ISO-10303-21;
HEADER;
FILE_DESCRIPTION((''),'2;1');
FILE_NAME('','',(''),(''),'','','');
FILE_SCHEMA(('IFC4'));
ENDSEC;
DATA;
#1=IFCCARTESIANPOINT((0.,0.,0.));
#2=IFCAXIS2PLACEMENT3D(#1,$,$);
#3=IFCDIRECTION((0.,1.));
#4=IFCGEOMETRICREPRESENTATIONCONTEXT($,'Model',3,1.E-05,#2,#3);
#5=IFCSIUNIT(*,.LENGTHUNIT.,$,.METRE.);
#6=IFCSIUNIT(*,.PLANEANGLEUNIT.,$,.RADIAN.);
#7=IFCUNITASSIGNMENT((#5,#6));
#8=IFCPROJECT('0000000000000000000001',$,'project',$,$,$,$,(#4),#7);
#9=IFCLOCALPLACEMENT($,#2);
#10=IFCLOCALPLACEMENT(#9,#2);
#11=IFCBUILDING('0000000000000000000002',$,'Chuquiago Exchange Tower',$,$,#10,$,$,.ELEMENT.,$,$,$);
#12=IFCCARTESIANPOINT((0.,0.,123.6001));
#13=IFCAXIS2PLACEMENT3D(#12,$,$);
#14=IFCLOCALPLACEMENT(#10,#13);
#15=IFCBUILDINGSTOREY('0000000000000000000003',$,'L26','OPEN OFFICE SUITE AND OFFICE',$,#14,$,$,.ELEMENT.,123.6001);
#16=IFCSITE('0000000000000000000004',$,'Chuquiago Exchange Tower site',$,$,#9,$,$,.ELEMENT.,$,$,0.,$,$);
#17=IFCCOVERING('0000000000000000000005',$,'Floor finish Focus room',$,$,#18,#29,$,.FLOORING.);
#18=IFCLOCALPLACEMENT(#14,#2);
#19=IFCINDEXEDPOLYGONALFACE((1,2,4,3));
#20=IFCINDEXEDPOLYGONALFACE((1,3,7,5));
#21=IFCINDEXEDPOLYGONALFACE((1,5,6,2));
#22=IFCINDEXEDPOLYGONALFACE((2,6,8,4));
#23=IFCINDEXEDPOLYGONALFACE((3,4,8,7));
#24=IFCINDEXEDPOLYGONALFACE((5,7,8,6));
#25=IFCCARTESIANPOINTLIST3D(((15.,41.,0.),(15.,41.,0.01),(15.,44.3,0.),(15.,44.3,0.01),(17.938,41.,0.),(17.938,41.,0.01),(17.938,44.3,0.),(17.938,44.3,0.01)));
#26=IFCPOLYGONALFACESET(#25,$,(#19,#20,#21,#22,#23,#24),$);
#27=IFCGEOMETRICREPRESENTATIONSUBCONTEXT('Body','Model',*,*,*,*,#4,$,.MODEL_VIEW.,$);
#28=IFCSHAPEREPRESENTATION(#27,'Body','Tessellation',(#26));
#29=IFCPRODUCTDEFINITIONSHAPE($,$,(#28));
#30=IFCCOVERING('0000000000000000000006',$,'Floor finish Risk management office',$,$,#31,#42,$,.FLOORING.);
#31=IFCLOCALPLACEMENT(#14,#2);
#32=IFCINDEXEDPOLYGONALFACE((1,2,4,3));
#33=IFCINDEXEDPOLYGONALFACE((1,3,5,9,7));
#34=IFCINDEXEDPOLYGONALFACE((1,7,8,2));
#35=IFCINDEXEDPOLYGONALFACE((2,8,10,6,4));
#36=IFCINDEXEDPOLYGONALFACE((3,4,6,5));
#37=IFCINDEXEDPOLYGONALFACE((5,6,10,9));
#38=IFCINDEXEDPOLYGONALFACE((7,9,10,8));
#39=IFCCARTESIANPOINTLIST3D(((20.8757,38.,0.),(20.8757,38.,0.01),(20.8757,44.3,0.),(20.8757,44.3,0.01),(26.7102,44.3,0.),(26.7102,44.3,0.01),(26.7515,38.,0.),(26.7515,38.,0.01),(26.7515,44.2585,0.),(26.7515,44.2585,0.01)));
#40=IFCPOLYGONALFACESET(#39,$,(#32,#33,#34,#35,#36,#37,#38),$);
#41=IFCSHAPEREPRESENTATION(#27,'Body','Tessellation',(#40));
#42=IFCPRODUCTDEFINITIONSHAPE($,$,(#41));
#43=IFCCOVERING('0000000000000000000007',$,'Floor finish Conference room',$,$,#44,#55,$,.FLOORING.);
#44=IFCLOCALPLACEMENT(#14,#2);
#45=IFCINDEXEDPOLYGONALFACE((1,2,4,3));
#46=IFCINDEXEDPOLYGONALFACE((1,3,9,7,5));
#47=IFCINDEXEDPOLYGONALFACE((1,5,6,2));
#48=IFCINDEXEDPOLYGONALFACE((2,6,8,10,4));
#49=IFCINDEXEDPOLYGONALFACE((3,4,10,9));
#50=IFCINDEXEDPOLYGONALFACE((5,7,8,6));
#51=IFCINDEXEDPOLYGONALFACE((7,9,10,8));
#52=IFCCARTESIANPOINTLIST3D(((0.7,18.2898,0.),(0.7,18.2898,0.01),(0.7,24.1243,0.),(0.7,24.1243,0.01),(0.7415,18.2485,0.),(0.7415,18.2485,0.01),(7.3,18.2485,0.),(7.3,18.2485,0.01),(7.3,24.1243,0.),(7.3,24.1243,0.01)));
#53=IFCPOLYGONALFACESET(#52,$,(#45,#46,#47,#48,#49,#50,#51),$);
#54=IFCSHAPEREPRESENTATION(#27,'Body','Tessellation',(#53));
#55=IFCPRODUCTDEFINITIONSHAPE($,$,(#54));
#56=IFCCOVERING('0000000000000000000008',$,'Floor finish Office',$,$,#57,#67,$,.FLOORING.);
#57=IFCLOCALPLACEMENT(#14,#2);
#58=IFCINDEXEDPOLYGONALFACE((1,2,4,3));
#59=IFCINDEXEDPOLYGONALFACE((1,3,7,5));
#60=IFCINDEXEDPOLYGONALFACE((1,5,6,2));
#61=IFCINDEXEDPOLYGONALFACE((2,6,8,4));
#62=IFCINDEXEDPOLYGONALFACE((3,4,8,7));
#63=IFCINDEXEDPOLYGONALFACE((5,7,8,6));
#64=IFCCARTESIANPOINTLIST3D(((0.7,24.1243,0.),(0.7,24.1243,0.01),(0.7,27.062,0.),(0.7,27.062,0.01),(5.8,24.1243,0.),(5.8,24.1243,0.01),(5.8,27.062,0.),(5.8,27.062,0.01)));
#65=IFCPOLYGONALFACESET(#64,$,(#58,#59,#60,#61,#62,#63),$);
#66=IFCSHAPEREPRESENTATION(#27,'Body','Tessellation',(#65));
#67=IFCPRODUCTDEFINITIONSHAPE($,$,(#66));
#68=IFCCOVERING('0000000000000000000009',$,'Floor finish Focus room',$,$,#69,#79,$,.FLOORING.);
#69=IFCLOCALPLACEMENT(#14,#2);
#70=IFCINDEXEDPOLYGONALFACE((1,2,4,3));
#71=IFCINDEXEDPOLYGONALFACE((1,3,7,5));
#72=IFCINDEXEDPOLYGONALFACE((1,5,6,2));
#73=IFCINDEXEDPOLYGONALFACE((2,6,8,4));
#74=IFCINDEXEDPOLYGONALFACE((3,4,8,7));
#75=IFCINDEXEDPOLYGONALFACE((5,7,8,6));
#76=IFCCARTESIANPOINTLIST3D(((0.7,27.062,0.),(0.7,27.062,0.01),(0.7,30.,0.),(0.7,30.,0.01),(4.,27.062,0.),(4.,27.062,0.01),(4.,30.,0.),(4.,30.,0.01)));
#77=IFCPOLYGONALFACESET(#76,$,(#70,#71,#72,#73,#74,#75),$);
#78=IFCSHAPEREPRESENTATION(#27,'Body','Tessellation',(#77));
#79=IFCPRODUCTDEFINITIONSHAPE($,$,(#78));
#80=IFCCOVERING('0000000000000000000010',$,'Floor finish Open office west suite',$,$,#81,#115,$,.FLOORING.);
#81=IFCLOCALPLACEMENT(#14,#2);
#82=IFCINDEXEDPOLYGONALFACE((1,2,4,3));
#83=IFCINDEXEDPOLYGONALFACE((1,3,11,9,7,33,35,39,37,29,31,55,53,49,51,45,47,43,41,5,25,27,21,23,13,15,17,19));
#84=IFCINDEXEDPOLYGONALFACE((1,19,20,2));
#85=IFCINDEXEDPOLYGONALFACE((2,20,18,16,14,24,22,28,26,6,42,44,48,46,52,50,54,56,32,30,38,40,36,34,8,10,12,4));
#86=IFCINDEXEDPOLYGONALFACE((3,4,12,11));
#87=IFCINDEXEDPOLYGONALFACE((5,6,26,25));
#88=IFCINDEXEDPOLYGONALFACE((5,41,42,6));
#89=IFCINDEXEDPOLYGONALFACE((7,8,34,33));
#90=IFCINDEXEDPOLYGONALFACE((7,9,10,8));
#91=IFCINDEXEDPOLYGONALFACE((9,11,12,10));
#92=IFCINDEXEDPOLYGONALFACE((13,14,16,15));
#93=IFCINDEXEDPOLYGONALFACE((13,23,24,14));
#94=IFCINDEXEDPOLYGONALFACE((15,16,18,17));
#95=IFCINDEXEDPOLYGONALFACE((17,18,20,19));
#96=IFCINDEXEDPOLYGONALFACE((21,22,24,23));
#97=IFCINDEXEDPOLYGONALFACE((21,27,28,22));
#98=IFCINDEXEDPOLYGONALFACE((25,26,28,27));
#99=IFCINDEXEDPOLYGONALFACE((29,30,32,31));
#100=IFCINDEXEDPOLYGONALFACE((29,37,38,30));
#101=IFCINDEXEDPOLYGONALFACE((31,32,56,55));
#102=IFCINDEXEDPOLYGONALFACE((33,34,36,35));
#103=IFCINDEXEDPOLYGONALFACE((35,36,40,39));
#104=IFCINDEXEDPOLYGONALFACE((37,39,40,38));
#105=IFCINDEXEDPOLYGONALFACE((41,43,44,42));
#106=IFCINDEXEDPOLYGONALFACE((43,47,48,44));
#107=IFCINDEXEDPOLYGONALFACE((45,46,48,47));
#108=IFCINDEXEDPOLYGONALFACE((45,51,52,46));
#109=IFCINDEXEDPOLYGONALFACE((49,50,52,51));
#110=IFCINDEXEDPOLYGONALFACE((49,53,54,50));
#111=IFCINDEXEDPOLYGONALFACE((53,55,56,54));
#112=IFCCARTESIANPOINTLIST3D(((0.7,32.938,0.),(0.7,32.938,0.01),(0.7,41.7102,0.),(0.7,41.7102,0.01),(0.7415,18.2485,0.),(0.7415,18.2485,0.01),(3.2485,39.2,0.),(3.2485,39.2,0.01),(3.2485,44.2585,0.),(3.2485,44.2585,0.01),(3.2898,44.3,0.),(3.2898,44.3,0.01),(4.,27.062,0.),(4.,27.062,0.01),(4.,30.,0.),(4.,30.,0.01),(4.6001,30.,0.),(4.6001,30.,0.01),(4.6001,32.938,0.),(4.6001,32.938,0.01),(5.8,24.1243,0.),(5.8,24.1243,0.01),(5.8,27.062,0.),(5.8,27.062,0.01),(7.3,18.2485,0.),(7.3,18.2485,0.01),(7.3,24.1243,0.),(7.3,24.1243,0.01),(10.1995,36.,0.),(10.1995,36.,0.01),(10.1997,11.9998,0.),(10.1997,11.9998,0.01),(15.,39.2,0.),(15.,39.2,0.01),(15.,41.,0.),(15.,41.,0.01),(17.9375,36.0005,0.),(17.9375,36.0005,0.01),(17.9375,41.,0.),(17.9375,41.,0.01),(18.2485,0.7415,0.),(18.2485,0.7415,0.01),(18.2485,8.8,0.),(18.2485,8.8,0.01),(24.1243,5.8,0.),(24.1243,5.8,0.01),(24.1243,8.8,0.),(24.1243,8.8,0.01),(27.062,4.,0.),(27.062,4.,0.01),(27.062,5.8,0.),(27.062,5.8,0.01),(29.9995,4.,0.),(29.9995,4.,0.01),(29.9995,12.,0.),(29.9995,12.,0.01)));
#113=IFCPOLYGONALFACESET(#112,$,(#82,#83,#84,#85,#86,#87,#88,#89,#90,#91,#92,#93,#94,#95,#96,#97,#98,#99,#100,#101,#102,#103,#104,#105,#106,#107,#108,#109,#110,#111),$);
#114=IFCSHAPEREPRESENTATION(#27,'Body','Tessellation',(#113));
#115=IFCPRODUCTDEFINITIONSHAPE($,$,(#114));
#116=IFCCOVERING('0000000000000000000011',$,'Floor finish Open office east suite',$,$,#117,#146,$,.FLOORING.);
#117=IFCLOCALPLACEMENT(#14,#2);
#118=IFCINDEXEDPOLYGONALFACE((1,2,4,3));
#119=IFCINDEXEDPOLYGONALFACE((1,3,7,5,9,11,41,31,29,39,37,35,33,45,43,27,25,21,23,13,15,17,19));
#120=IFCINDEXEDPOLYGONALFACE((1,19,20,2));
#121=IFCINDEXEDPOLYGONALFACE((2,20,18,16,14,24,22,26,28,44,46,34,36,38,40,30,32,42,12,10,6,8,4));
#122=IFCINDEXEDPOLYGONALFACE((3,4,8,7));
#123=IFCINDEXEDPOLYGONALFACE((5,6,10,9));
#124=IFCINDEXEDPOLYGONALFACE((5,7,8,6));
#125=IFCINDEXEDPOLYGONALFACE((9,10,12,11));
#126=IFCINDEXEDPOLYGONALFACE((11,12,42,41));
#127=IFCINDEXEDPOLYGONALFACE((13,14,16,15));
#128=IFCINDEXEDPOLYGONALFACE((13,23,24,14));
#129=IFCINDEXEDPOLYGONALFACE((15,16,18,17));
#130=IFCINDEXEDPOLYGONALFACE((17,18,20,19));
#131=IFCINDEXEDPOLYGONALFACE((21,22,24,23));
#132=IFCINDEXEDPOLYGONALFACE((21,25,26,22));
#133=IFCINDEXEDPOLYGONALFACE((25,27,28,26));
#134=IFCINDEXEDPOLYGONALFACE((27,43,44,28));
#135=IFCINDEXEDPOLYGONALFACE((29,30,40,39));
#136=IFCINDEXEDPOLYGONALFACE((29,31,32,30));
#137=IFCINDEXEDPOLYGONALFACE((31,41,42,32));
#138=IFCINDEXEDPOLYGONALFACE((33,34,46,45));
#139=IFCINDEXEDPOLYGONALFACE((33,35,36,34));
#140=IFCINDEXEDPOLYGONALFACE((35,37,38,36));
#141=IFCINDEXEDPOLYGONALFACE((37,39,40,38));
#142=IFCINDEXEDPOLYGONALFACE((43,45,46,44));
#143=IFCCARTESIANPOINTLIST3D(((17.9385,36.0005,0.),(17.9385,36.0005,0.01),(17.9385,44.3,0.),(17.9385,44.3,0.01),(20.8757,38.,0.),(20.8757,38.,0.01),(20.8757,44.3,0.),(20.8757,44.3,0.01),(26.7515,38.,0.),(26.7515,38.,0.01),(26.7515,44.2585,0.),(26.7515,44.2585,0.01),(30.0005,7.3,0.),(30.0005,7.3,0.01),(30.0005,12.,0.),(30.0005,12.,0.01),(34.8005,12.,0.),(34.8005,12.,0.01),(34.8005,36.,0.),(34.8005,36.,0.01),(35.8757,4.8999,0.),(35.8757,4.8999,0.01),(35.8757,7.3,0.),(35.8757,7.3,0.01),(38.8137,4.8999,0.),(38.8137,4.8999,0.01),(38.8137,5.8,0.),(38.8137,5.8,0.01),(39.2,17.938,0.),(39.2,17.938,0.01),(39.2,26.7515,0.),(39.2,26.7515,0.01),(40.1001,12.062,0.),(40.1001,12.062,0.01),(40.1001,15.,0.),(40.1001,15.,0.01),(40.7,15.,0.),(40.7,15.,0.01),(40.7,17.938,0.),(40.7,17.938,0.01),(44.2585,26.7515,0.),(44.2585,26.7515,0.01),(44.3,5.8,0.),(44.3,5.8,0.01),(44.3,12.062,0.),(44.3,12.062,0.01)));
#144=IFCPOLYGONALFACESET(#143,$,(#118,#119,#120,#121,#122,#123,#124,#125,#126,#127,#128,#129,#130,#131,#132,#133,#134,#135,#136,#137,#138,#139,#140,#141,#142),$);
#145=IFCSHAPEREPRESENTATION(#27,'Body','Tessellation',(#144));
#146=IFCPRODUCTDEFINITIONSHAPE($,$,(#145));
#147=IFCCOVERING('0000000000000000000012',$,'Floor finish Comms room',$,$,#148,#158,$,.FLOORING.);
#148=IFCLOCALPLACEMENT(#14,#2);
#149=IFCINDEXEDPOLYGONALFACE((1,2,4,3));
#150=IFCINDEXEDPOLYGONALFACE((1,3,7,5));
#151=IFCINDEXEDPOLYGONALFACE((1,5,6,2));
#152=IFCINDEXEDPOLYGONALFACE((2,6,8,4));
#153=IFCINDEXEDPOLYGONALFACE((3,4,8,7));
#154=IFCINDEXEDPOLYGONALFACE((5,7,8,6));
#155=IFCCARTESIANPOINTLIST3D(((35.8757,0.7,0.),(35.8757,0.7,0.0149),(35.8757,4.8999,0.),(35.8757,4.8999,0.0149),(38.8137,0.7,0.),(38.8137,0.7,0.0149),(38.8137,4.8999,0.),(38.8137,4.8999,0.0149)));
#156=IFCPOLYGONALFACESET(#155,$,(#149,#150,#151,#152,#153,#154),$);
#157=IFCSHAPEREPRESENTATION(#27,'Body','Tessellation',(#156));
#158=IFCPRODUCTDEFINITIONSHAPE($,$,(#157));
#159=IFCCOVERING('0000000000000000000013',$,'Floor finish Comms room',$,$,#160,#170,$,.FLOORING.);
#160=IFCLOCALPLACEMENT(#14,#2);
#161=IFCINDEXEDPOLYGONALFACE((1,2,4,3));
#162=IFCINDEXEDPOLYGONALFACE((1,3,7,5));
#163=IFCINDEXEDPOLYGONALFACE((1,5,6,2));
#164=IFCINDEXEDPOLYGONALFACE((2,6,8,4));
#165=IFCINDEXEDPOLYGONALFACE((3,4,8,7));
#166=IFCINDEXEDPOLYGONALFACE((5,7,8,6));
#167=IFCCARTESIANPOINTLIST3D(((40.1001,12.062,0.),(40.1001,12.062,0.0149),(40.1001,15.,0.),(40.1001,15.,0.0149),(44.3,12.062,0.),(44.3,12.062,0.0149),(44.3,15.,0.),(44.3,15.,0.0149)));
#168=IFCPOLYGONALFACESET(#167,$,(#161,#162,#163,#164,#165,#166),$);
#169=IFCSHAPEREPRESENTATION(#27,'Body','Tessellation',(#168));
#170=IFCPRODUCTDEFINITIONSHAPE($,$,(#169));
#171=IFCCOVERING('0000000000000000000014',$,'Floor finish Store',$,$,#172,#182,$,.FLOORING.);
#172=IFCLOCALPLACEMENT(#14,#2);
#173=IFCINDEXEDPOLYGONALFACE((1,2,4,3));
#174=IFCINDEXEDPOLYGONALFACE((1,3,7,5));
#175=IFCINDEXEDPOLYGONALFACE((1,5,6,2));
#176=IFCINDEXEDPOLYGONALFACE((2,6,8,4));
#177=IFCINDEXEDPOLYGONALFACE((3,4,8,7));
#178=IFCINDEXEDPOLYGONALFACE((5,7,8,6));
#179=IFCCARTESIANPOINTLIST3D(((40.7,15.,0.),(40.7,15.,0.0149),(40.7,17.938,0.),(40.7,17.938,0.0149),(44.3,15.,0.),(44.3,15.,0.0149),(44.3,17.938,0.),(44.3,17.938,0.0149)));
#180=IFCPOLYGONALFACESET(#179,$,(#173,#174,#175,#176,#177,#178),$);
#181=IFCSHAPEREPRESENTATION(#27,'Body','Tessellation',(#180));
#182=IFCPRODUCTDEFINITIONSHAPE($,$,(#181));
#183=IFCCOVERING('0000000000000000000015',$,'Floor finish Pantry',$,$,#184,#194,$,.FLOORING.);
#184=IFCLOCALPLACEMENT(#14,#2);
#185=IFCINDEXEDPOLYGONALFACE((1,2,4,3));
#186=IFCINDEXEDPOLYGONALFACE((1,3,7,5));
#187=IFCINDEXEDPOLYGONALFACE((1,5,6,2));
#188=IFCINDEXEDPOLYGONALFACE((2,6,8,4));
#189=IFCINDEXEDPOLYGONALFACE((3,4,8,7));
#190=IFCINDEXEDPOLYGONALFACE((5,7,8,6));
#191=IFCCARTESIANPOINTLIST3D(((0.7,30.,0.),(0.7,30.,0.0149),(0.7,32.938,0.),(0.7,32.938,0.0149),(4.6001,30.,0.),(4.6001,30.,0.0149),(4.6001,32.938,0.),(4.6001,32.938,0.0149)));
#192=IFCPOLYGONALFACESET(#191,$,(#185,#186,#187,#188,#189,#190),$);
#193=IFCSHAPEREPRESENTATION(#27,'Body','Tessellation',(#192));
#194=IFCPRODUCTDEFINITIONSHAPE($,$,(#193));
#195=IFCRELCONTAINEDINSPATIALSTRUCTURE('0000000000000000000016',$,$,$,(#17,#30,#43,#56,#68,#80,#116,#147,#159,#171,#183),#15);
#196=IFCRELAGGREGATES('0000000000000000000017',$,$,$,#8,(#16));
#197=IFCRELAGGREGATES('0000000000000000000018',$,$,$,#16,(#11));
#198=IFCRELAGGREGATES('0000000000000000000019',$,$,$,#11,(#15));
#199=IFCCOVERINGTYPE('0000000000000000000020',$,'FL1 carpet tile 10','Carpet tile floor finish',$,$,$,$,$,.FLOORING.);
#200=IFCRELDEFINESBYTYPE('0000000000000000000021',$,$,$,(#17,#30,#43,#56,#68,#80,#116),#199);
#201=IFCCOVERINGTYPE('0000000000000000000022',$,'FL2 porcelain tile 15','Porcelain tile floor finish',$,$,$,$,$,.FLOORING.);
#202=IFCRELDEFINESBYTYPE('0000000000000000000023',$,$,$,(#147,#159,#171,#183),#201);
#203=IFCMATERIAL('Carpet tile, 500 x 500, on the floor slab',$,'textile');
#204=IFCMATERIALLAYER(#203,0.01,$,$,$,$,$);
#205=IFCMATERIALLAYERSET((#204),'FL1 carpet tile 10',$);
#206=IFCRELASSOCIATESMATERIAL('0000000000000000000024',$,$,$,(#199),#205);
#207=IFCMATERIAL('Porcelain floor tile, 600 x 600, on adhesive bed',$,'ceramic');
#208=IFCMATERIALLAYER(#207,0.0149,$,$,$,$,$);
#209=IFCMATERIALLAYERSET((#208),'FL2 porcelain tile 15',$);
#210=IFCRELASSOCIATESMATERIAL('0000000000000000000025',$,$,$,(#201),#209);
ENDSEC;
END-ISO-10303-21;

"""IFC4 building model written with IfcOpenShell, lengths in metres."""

from ifc_helpers import new_model, si_unit, direction, frame, origin, place, context, subcontext, project, spatial, polyline, outline, extrude, material, layer, layer_set, type_object, element, save


model = new_model("IFC4")

# Units and contexts
model_context = context("Model", 3, precision=1e-05, world=origin(), true_north=direction((0.0, 1.0)))
body_context = subcontext(model_context, "Body", "Model", "MODEL_VIEW")
ifc_project = project(units=[si_unit("LENGTHUNIT", "METRE"), si_unit("PLANEANGLEUNIT", "RADIAN")], contexts=[model_context])

# Site, building, storey
site_placement = place(None, origin())
site = spatial("IfcSite", under=ifc_project, at=site_placement, Name="Chuquiago Exchange Tower site", CompositionType="ELEMENT", RefElevation=0.0)
building_placement = place(site_placement, origin())
building = spatial("IfcBuilding", under=site, at=building_placement, Name="Chuquiago Exchange Tower", CompositionType="ELEMENT")
storey_placement = place(building_placement, frame((0.0, 0.0, 123.6001)))
storey = spatial("IfcBuildingStorey", under=building, at=storey_placement, Name="L26", Description="OPEN OFFICE SUITE AND OFFICE", CompositionType="ELEMENT", Elevation=123.6001)

# Coverings
ifc_material_1 = material(Name="Carpet tile, 500 x 500, on the floor slab", Category="textile")
ifc_layer_1 = layer(ifc_material_1, 0.01)
ifc_layer_set_1 = layer_set([ifc_layer_1], Name="FL1 carpet tile 10")
covering_type_1 = type_object("IfcCoveringType", Name="FL1 carpet tile 10", Description="Carpet tile floor finish", PredefinedType="FLOORING", material=ifc_layer_set_1)
covering_1_placement = place(storey_placement, origin())
element("IfcCovering", 1, at=covering_1_placement, inside=storey, type_object=covering_type_1, Name="Floor finish Focus room", PredefinedType="FLOORING", context=body_context, shape_type="SweptSolid", body=[
    extrude(outline(polyline([(17.938, 44.3), (17.938, 41.0), (15.0, 41.0), (15.0, 44.3), (17.938, 44.3)])), origin(), (0.0, 0.0, 1.0), 0.01),
])
covering_2_placement = place(storey_placement, origin())
element("IfcCovering", 2, at=covering_2_placement, inside=storey, type_object=covering_type_1, Name="Floor finish Risk management office", PredefinedType="FLOORING", context=body_context, shape_type="SweptSolid", body=[
    extrude(outline(polyline([(26.7102, 44.3), (26.7515, 44.2585), (26.7515, 38.0), (20.8757, 38.0), (20.8757, 44.3), (26.7102, 44.3)])), origin(), (0.0, 0.0, 1.0), 0.01),
])
covering_3_placement = place(storey_placement, origin())
element("IfcCovering", 3, at=covering_3_placement, inside=storey, type_object=covering_type_1, Name="Floor finish Conference room", PredefinedType="FLOORING", context=body_context, shape_type="SweptSolid", body=[
    extrude(outline(polyline([(0.7, 24.1243), (7.3, 24.1243), (7.3, 18.2485), (0.7415, 18.2485), (0.7, 18.2898), (0.7, 24.1243)])), origin(), (0.0, 0.0, 1.0), 0.01),
])
covering_4_placement = place(storey_placement, origin())
element("IfcCovering", 4, at=covering_4_placement, inside=storey, type_object=covering_type_1, Name="Floor finish Office", PredefinedType="FLOORING", context=body_context, shape_type="SweptSolid", body=[
    extrude(outline(polyline([(0.7, 27.062), (5.8, 27.062), (5.8, 24.1243), (0.7, 24.1243), (0.7, 27.062)])), origin(), (0.0, 0.0, 1.0), 0.01),
])
covering_5_placement = place(storey_placement, origin())
element("IfcCovering", 5, at=covering_5_placement, inside=storey, type_object=covering_type_1, Name="Floor finish Focus room", PredefinedType="FLOORING", context=body_context, shape_type="SweptSolid", body=[
    extrude(outline(polyline([(0.7, 30.0), (4.0, 30.0), (4.0, 27.062), (0.7, 27.062), (0.7, 30.0)])), origin(), (0.0, 0.0, 1.0), 0.01),
])
covering_6_placement = place(storey_placement, origin())
element("IfcCovering", 6, at=covering_6_placement, inside=storey, type_object=covering_type_1, Name="Floor finish Open office west suite", PredefinedType="FLOORING", context=body_context, shape_type="SweptSolid", body=[
    extrude(outline(polyline([(3.2485, 44.2585), (3.2485, 39.2), (15.0, 39.2), (15.0, 41.0), (17.9375, 41.0), (17.9375, 36.0005), (10.1995, 36.0), (10.1997, 11.9998), (29.9995, 12.0), (29.9995, 4.0), (27.062, 4.0), (27.062, 5.8), (24.1243, 5.8), (24.1243, 8.8), (18.2485, 8.8), (18.2485, 0.7415), (0.7415, 18.2485), (7.3, 18.2485), (7.3, 24.1243), (5.8, 24.1243), (5.8, 27.062), (4.0, 27.062), (4.0, 30.0), (4.6001, 30.0), (4.6001, 32.938), (0.7, 32.938), (0.7, 41.7102), (3.2898, 44.3), (3.2485, 44.2585)])), origin(), (0.0, 0.0, 1.0), 0.01),
])
covering_7_placement = place(storey_placement, origin())
element("IfcCovering", 7, at=covering_7_placement, inside=storey, type_object=covering_type_1, Name="Floor finish Open office east suite", PredefinedType="FLOORING", context=body_context, shape_type="SweptSolid", body=[
    extrude(outline(polyline([(20.8757, 44.3), (20.8757, 38.0), (26.7515, 38.0), (26.7515, 44.2585), (44.2585, 26.7515), (39.2, 26.7515), (39.2, 17.938), (40.7, 17.938), (40.7, 15.0), (40.1001, 15.0), (40.1001, 12.062), (44.3, 12.062), (44.3, 5.8), (38.8137, 5.8), (38.8137, 4.8999), (35.8757, 4.8999), (35.8757, 7.3), (30.0005, 7.3), (30.0005, 12.0), (34.8005, 12.0), (34.8005, 36.0), (17.9385, 36.0005), (17.9385, 44.3), (20.8757, 44.3)])), origin(), (0.0, 0.0, 1.0), 0.01),
])
ifc_material_2 = material(Name="Porcelain floor tile, 600 x 600, on adhesive bed", Category="ceramic")
ifc_layer_2 = layer(ifc_material_2, 0.0149)
ifc_layer_set_2 = layer_set([ifc_layer_2], Name="FL2 porcelain tile 15")
covering_type_2 = type_object("IfcCoveringType", Name="FL2 porcelain tile 15", Description="Porcelain tile floor finish", PredefinedType="FLOORING", material=ifc_layer_set_2)
covering_8_placement = place(storey_placement, origin())
element("IfcCovering", 8, at=covering_8_placement, inside=storey, type_object=covering_type_2, Name="Floor finish Comms room", PredefinedType="FLOORING", context=body_context, shape_type="SweptSolid", body=[
    extrude(outline(polyline([(35.8757, 0.7), (35.8757, 4.8999), (38.8137, 4.8999), (38.8137, 0.7), (35.8757, 0.7)])), origin(), (0.0, 0.0, 1.0), 0.0149),
])
covering_9_placement = place(storey_placement, origin())
element("IfcCovering", 9, at=covering_9_placement, inside=storey, type_object=covering_type_2, Name="Floor finish Comms room", PredefinedType="FLOORING", context=body_context, shape_type="SweptSolid", body=[
    extrude(outline(polyline([(44.3, 12.062), (40.1001, 12.062), (40.1001, 15.0), (44.3, 15.0), (44.3, 12.062)])), origin(), (0.0, 0.0, 1.0), 0.0149),
])
covering_10_placement = place(storey_placement, origin())
element("IfcCovering", 10, at=covering_10_placement, inside=storey, type_object=covering_type_2, Name="Floor finish Store", PredefinedType="FLOORING", context=body_context, shape_type="SweptSolid", body=[
    extrude(outline(polyline([(44.3, 15.0), (40.7, 15.0), (40.7, 17.938), (44.3, 17.938), (44.3, 15.0)])), origin(), (0.0, 0.0, 1.0), 0.0149),
])
covering_11_placement = place(storey_placement, origin())
element("IfcCovering", 11, at=covering_11_placement, inside=storey, type_object=covering_type_2, Name="Floor finish Pantry", PredefinedType="FLOORING", context=body_context, shape_type="SweptSolid", body=[
    extrude(outline(polyline([(0.7, 32.938), (4.6001, 32.938), (4.6001, 30.0), (0.7, 30.0), (0.7, 32.938)])), origin(), (0.0, 0.0, 1.0), 0.0149),
])

save(model, "model.ifc")
